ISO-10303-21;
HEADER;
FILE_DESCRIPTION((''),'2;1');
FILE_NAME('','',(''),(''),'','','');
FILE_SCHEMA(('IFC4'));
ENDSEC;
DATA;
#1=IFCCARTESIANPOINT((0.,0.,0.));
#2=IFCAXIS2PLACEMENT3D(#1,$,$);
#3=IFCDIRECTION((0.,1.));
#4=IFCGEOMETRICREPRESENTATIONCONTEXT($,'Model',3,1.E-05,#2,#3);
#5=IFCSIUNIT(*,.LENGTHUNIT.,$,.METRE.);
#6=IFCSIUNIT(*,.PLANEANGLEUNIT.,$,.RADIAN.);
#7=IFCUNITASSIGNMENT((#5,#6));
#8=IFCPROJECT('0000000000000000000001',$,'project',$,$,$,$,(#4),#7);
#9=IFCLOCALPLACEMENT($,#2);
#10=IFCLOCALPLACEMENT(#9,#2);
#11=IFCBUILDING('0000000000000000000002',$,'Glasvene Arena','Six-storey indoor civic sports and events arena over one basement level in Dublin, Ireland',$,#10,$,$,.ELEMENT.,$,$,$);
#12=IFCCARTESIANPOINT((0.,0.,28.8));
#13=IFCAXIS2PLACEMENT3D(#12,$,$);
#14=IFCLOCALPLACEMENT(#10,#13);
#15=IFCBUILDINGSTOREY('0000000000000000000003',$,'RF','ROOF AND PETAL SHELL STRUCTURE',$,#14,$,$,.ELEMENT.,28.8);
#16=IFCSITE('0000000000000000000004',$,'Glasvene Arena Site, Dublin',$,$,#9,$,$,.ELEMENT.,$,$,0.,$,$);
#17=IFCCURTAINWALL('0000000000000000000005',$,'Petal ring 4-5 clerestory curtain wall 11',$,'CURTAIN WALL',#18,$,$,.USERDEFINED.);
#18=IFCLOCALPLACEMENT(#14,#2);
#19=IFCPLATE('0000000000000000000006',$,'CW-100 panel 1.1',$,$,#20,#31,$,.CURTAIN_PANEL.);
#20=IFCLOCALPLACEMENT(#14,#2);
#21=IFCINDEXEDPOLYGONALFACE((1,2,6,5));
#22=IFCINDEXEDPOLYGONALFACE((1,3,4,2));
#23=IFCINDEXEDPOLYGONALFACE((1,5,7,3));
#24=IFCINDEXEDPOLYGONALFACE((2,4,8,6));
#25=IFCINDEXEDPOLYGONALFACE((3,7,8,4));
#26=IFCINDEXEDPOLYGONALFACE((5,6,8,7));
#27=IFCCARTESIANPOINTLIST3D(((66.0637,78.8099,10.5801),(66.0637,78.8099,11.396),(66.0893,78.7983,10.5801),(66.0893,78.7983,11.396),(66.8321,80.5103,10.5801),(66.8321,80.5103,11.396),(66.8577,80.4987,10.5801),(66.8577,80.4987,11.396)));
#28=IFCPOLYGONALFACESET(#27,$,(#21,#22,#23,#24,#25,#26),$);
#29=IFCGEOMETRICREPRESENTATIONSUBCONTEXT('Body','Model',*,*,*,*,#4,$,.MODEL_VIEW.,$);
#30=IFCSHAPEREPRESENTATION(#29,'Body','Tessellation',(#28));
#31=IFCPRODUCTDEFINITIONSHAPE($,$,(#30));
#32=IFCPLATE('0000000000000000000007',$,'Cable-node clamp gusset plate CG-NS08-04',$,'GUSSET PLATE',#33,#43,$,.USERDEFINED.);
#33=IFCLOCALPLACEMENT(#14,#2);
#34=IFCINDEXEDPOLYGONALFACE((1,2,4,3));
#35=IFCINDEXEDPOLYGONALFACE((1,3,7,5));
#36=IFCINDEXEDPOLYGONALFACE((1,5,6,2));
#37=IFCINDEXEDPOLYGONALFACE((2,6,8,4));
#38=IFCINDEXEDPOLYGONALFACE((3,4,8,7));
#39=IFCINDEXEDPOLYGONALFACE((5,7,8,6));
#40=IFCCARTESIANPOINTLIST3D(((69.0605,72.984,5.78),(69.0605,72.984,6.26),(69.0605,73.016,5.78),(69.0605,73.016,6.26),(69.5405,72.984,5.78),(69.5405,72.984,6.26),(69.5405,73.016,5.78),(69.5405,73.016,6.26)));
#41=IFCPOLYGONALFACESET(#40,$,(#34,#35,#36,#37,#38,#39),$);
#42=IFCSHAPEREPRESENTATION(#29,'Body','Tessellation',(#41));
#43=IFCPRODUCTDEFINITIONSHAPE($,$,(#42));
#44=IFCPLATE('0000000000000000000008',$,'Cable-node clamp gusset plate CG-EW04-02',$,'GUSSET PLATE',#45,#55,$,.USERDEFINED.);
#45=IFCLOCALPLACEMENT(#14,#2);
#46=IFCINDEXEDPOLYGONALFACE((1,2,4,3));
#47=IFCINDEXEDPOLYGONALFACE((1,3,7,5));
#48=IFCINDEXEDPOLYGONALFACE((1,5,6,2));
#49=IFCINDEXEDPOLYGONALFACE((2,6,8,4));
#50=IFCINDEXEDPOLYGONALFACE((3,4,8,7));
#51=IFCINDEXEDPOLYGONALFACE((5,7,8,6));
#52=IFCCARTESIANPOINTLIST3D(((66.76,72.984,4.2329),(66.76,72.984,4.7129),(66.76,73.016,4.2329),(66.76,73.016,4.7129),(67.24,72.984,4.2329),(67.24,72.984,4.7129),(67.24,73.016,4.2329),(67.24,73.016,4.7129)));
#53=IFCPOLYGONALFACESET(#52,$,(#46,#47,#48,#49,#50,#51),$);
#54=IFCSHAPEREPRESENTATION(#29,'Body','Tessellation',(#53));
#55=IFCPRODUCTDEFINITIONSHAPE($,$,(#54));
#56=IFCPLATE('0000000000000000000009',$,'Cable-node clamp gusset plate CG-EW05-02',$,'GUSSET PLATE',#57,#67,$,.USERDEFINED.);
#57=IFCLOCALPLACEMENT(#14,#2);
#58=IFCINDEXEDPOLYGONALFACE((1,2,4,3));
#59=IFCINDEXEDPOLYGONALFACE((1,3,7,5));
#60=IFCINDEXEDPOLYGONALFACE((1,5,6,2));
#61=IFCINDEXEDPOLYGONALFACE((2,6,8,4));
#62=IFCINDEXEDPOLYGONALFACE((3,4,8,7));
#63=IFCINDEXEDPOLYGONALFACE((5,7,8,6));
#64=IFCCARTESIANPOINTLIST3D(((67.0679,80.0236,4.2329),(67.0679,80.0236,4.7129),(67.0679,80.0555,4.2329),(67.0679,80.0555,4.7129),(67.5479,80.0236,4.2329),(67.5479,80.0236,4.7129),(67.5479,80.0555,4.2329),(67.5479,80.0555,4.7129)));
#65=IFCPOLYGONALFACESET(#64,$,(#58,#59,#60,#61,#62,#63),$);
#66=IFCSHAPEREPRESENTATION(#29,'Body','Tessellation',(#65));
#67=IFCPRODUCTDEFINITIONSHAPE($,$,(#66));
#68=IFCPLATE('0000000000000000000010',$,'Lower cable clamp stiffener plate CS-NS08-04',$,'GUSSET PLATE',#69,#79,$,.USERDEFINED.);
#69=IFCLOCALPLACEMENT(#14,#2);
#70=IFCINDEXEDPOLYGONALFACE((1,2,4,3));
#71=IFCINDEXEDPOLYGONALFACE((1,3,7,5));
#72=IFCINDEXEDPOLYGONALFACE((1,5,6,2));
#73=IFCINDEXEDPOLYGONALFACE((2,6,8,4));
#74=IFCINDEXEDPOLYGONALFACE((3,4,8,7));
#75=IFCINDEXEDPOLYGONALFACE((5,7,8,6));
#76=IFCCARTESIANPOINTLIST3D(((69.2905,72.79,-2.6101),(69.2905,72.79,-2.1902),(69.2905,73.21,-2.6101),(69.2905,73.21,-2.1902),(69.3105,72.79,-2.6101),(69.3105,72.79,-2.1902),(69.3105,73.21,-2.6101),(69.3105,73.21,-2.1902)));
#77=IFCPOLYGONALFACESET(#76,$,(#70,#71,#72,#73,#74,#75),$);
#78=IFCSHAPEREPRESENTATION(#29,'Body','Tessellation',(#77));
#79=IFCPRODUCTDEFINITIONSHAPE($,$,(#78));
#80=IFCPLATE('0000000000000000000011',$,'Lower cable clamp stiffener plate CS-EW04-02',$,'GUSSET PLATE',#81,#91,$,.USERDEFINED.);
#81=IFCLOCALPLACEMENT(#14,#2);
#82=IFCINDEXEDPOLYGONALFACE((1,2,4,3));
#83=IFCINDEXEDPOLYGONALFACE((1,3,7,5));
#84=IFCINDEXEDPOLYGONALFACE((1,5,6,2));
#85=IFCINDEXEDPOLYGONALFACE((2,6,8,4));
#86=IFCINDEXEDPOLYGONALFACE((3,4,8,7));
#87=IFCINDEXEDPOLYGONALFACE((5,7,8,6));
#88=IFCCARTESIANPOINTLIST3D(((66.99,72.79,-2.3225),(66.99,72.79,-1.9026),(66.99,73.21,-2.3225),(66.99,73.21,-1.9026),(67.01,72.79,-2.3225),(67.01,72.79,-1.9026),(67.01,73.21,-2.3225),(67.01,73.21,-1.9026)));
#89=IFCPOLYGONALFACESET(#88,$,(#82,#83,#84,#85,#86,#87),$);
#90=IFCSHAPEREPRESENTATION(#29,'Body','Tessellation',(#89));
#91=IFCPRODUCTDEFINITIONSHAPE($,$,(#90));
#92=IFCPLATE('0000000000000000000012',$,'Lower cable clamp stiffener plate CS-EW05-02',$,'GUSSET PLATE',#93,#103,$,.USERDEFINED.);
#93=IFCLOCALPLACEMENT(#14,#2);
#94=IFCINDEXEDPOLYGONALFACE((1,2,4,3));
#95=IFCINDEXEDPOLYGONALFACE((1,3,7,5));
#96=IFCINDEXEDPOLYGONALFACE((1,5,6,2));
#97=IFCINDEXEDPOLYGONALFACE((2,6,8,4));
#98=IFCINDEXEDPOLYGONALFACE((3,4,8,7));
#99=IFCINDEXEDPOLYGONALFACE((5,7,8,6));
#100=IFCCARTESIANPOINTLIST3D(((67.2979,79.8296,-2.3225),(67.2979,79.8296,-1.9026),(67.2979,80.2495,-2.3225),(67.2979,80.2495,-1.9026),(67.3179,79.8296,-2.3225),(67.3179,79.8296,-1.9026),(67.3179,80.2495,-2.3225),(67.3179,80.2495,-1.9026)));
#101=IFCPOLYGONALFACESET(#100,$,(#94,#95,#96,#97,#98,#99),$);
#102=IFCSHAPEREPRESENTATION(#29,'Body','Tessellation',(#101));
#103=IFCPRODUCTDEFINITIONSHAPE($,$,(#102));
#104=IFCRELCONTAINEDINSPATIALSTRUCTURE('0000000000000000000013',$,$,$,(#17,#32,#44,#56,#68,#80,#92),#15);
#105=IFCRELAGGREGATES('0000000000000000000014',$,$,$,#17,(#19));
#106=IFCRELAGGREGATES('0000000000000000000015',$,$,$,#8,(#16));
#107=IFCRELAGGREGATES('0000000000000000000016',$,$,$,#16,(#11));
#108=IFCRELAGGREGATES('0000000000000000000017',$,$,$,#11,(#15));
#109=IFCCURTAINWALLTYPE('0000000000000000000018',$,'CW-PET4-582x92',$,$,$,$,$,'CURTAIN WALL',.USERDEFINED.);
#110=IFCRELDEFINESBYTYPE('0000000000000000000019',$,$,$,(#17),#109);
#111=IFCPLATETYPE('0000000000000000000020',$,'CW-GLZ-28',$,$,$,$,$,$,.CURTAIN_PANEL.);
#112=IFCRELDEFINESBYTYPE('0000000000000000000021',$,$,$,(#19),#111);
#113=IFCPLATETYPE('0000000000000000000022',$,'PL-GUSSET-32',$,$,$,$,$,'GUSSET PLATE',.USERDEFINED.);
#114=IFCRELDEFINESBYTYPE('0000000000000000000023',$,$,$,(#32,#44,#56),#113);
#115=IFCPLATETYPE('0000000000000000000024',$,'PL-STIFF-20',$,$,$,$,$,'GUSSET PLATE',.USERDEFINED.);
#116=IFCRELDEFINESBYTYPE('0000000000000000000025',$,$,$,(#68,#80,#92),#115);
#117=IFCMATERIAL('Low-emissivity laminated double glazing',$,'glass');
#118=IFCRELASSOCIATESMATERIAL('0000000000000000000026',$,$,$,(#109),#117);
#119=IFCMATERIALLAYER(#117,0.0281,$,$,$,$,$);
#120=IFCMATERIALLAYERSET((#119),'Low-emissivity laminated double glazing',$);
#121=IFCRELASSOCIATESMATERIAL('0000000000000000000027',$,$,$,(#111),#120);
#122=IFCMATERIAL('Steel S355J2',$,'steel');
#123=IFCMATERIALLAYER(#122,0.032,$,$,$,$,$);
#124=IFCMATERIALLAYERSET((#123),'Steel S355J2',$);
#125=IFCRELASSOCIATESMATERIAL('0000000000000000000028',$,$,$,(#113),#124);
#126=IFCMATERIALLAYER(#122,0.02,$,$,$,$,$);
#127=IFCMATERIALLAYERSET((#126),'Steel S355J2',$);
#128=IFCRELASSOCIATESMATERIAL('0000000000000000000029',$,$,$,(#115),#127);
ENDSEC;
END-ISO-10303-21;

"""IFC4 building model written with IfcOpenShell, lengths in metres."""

from ifc_helpers import new_model, si_unit, direction, frame, origin, origin_2d, place, context, subcontext, project, spatial, rectangle, extrude, material, layer, layer_set, type_object, element, aggregate, save


model = new_model("IFC4")

# Units and contexts
model_context = context("Model", 3, precision=1e-05, world=origin(), true_north=direction((0.0, 1.0)))
body_context = subcontext(model_context, "Body", "Model", "MODEL_VIEW")
ifc_project = project(units=[si_unit("LENGTHUNIT", "METRE"), si_unit("PLANEANGLEUNIT", "RADIAN")], contexts=[model_context])

# Site, building, storey
site_placement = place(None, origin())
site = spatial("IfcSite", under=ifc_project, at=site_placement, Name="Glasvene Arena Site, Dublin", CompositionType="ELEMENT", RefElevation=0.0)
building_placement = place(site_placement, origin())
building = spatial("IfcBuilding", under=site, at=building_placement, Name="Glasvene Arena", Description="Six-storey indoor civic sports and events arena over one basement level in Dublin, Ireland", CompositionType="ELEMENT")
storey_placement = place(building_placement, frame((0.0, 0.0, 28.8)))
storey = spatial("IfcBuildingStorey", under=building, at=storey_placement, Name="RF", Description="ROOF AND PETAL SHELL STRUCTURE", CompositionType="ELEMENT", Elevation=28.8)

# Shared definitions
ifc_material_1 = material(Name="Low-emissivity laminated double glazing", Category="glass")

# Curtain wall
curtain_wall_type_1 = type_object("IfcCurtainWallType", Name="CW-PET4-582x92", ElementType="CURTAIN WALL", PredefinedType="USERDEFINED", material=ifc_material_1)
curtain_wall_1_placement = place(storey_placement, frame((66.8655, 80.55, 0.0)))
curtain_wall_1 = element("IfcCurtainWall", 1, at=curtain_wall_1_placement, inside=storey, type_object=curtain_wall_type_1, Name="Petal ring 4-5 clerestory curtain wall 11", ObjectType="CURTAIN WALL", PredefinedType="USERDEFINED")

# Shared definitions
ifc_material_2 = material(Name="Steel S355J2", Category="steel")

# Plate
ifc_layer_1 = layer(ifc_material_1, 0.0281)
ifc_layer_set_1 = layer_set([ifc_layer_1], Name="Low-emissivity laminated double glazing")
plate_type_1 = type_object("IfcPlateType", Name="CW-GLZ-28", PredefinedType="CURTAIN_PANEL", material=ifc_layer_set_1)
plate_1_placement = place(storey_placement, frame((66.4607, 79.6543, 10.5801), z_axis=(0.0, 0.0, 1.0), x_axis=(-0.411778, -0.911284, 0.0)))
plate_1 = element("IfcPlate", 2, at=plate_1_placement, type_object=plate_type_1, Name="CW-100 panel 1.1", PredefinedType="CURTAIN_PANEL", context=body_context, shape_type="SweptSolid", body=[
    extrude(rectangle(XDim=1.866, YDim=0.0281, at=origin_2d()), origin(), (0.0, 0.0, 1.0), 0.8159),
])
aggregate(curtain_wall_1, [plate_1])

# Plates
ifc_layer_2 = layer(ifc_material_2, 0.032)
ifc_layer_set_2 = layer_set([ifc_layer_2], Name="Steel S355J2")
plate_type_2 = type_object("IfcPlateType", Name="PL-GUSSET-32", ElementType="GUSSET PLATE", PredefinedType="USERDEFINED", material=ifc_layer_set_2)
for number, where, z_axis, x_axis, name in (
    (3, (69.3005, 73.0, 5.78), (0.0, 0.0, 1.0), (1.0, 0.0, 0.0), "Cable-node clamp gusset plate CG-NS08-04"),
    (4, (67.0, 73.0, 4.2329), (0.0, 0.0, 1.0), (1.0, 0.0, 0.0), "Cable-node clamp gusset plate CG-EW04-02"),
    (5, (67.3079, 80.0396, 4.2329), (0.0, 0.0, 1.0), (1.0, 0.0, 0.0), "Cable-node clamp gusset plate CG-EW05-02"),
):
    element("IfcPlate", number, at=place(storey_placement, frame(where, z_axis=z_axis, x_axis=x_axis)), inside=storey, type_object=plate_type_2, Name=name, ObjectType="GUSSET PLATE", PredefinedType="USERDEFINED", context=body_context, shape_type="SweptSolid", body=[
        extrude(rectangle(XDim=0.48, YDim=0.032, at=origin_2d()), origin(), (0.0, 0.0, 1.0), 0.48),
    ])
ifc_layer_3 = layer(ifc_material_2, 0.02)
ifc_layer_set_3 = layer_set([ifc_layer_3], Name="Steel S355J2")
plate_type_3 = type_object("IfcPlateType", Name="PL-STIFF-20", ElementType="GUSSET PLATE", PredefinedType="USERDEFINED", material=ifc_layer_set_3)
for number, where, z_axis, x_axis, name in (
    (6, (69.3005, 73.0, -2.6101), (0.0, 0.0, 1.0), (1.0, 0.0, 0.0), "Lower cable clamp stiffener plate CS-NS08-04"),
    (7, (67.0, 73.0, -2.3225), (0.0, 0.0, 1.0), (1.0, 0.0, 0.0), "Lower cable clamp stiffener plate CS-EW04-02"),
    (8, (67.3079, 80.0396, -2.3225), (0.0, 0.0, 1.0), (1.0, 0.0, 0.0), "Lower cable clamp stiffener plate CS-EW05-02"),
):
    element("IfcPlate", number, at=place(storey_placement, frame(where, z_axis=z_axis, x_axis=x_axis)), inside=storey, type_object=plate_type_3, Name=name, ObjectType="GUSSET PLATE", PredefinedType="USERDEFINED", context=body_context, shape_type="SweptSolid", body=[
        extrude(rectangle(XDim=0.02, YDim=0.4199, at=origin_2d()), origin(), (0.0, 0.0, 1.0), 0.4199),
    ])

save(model, "model.ifc")
